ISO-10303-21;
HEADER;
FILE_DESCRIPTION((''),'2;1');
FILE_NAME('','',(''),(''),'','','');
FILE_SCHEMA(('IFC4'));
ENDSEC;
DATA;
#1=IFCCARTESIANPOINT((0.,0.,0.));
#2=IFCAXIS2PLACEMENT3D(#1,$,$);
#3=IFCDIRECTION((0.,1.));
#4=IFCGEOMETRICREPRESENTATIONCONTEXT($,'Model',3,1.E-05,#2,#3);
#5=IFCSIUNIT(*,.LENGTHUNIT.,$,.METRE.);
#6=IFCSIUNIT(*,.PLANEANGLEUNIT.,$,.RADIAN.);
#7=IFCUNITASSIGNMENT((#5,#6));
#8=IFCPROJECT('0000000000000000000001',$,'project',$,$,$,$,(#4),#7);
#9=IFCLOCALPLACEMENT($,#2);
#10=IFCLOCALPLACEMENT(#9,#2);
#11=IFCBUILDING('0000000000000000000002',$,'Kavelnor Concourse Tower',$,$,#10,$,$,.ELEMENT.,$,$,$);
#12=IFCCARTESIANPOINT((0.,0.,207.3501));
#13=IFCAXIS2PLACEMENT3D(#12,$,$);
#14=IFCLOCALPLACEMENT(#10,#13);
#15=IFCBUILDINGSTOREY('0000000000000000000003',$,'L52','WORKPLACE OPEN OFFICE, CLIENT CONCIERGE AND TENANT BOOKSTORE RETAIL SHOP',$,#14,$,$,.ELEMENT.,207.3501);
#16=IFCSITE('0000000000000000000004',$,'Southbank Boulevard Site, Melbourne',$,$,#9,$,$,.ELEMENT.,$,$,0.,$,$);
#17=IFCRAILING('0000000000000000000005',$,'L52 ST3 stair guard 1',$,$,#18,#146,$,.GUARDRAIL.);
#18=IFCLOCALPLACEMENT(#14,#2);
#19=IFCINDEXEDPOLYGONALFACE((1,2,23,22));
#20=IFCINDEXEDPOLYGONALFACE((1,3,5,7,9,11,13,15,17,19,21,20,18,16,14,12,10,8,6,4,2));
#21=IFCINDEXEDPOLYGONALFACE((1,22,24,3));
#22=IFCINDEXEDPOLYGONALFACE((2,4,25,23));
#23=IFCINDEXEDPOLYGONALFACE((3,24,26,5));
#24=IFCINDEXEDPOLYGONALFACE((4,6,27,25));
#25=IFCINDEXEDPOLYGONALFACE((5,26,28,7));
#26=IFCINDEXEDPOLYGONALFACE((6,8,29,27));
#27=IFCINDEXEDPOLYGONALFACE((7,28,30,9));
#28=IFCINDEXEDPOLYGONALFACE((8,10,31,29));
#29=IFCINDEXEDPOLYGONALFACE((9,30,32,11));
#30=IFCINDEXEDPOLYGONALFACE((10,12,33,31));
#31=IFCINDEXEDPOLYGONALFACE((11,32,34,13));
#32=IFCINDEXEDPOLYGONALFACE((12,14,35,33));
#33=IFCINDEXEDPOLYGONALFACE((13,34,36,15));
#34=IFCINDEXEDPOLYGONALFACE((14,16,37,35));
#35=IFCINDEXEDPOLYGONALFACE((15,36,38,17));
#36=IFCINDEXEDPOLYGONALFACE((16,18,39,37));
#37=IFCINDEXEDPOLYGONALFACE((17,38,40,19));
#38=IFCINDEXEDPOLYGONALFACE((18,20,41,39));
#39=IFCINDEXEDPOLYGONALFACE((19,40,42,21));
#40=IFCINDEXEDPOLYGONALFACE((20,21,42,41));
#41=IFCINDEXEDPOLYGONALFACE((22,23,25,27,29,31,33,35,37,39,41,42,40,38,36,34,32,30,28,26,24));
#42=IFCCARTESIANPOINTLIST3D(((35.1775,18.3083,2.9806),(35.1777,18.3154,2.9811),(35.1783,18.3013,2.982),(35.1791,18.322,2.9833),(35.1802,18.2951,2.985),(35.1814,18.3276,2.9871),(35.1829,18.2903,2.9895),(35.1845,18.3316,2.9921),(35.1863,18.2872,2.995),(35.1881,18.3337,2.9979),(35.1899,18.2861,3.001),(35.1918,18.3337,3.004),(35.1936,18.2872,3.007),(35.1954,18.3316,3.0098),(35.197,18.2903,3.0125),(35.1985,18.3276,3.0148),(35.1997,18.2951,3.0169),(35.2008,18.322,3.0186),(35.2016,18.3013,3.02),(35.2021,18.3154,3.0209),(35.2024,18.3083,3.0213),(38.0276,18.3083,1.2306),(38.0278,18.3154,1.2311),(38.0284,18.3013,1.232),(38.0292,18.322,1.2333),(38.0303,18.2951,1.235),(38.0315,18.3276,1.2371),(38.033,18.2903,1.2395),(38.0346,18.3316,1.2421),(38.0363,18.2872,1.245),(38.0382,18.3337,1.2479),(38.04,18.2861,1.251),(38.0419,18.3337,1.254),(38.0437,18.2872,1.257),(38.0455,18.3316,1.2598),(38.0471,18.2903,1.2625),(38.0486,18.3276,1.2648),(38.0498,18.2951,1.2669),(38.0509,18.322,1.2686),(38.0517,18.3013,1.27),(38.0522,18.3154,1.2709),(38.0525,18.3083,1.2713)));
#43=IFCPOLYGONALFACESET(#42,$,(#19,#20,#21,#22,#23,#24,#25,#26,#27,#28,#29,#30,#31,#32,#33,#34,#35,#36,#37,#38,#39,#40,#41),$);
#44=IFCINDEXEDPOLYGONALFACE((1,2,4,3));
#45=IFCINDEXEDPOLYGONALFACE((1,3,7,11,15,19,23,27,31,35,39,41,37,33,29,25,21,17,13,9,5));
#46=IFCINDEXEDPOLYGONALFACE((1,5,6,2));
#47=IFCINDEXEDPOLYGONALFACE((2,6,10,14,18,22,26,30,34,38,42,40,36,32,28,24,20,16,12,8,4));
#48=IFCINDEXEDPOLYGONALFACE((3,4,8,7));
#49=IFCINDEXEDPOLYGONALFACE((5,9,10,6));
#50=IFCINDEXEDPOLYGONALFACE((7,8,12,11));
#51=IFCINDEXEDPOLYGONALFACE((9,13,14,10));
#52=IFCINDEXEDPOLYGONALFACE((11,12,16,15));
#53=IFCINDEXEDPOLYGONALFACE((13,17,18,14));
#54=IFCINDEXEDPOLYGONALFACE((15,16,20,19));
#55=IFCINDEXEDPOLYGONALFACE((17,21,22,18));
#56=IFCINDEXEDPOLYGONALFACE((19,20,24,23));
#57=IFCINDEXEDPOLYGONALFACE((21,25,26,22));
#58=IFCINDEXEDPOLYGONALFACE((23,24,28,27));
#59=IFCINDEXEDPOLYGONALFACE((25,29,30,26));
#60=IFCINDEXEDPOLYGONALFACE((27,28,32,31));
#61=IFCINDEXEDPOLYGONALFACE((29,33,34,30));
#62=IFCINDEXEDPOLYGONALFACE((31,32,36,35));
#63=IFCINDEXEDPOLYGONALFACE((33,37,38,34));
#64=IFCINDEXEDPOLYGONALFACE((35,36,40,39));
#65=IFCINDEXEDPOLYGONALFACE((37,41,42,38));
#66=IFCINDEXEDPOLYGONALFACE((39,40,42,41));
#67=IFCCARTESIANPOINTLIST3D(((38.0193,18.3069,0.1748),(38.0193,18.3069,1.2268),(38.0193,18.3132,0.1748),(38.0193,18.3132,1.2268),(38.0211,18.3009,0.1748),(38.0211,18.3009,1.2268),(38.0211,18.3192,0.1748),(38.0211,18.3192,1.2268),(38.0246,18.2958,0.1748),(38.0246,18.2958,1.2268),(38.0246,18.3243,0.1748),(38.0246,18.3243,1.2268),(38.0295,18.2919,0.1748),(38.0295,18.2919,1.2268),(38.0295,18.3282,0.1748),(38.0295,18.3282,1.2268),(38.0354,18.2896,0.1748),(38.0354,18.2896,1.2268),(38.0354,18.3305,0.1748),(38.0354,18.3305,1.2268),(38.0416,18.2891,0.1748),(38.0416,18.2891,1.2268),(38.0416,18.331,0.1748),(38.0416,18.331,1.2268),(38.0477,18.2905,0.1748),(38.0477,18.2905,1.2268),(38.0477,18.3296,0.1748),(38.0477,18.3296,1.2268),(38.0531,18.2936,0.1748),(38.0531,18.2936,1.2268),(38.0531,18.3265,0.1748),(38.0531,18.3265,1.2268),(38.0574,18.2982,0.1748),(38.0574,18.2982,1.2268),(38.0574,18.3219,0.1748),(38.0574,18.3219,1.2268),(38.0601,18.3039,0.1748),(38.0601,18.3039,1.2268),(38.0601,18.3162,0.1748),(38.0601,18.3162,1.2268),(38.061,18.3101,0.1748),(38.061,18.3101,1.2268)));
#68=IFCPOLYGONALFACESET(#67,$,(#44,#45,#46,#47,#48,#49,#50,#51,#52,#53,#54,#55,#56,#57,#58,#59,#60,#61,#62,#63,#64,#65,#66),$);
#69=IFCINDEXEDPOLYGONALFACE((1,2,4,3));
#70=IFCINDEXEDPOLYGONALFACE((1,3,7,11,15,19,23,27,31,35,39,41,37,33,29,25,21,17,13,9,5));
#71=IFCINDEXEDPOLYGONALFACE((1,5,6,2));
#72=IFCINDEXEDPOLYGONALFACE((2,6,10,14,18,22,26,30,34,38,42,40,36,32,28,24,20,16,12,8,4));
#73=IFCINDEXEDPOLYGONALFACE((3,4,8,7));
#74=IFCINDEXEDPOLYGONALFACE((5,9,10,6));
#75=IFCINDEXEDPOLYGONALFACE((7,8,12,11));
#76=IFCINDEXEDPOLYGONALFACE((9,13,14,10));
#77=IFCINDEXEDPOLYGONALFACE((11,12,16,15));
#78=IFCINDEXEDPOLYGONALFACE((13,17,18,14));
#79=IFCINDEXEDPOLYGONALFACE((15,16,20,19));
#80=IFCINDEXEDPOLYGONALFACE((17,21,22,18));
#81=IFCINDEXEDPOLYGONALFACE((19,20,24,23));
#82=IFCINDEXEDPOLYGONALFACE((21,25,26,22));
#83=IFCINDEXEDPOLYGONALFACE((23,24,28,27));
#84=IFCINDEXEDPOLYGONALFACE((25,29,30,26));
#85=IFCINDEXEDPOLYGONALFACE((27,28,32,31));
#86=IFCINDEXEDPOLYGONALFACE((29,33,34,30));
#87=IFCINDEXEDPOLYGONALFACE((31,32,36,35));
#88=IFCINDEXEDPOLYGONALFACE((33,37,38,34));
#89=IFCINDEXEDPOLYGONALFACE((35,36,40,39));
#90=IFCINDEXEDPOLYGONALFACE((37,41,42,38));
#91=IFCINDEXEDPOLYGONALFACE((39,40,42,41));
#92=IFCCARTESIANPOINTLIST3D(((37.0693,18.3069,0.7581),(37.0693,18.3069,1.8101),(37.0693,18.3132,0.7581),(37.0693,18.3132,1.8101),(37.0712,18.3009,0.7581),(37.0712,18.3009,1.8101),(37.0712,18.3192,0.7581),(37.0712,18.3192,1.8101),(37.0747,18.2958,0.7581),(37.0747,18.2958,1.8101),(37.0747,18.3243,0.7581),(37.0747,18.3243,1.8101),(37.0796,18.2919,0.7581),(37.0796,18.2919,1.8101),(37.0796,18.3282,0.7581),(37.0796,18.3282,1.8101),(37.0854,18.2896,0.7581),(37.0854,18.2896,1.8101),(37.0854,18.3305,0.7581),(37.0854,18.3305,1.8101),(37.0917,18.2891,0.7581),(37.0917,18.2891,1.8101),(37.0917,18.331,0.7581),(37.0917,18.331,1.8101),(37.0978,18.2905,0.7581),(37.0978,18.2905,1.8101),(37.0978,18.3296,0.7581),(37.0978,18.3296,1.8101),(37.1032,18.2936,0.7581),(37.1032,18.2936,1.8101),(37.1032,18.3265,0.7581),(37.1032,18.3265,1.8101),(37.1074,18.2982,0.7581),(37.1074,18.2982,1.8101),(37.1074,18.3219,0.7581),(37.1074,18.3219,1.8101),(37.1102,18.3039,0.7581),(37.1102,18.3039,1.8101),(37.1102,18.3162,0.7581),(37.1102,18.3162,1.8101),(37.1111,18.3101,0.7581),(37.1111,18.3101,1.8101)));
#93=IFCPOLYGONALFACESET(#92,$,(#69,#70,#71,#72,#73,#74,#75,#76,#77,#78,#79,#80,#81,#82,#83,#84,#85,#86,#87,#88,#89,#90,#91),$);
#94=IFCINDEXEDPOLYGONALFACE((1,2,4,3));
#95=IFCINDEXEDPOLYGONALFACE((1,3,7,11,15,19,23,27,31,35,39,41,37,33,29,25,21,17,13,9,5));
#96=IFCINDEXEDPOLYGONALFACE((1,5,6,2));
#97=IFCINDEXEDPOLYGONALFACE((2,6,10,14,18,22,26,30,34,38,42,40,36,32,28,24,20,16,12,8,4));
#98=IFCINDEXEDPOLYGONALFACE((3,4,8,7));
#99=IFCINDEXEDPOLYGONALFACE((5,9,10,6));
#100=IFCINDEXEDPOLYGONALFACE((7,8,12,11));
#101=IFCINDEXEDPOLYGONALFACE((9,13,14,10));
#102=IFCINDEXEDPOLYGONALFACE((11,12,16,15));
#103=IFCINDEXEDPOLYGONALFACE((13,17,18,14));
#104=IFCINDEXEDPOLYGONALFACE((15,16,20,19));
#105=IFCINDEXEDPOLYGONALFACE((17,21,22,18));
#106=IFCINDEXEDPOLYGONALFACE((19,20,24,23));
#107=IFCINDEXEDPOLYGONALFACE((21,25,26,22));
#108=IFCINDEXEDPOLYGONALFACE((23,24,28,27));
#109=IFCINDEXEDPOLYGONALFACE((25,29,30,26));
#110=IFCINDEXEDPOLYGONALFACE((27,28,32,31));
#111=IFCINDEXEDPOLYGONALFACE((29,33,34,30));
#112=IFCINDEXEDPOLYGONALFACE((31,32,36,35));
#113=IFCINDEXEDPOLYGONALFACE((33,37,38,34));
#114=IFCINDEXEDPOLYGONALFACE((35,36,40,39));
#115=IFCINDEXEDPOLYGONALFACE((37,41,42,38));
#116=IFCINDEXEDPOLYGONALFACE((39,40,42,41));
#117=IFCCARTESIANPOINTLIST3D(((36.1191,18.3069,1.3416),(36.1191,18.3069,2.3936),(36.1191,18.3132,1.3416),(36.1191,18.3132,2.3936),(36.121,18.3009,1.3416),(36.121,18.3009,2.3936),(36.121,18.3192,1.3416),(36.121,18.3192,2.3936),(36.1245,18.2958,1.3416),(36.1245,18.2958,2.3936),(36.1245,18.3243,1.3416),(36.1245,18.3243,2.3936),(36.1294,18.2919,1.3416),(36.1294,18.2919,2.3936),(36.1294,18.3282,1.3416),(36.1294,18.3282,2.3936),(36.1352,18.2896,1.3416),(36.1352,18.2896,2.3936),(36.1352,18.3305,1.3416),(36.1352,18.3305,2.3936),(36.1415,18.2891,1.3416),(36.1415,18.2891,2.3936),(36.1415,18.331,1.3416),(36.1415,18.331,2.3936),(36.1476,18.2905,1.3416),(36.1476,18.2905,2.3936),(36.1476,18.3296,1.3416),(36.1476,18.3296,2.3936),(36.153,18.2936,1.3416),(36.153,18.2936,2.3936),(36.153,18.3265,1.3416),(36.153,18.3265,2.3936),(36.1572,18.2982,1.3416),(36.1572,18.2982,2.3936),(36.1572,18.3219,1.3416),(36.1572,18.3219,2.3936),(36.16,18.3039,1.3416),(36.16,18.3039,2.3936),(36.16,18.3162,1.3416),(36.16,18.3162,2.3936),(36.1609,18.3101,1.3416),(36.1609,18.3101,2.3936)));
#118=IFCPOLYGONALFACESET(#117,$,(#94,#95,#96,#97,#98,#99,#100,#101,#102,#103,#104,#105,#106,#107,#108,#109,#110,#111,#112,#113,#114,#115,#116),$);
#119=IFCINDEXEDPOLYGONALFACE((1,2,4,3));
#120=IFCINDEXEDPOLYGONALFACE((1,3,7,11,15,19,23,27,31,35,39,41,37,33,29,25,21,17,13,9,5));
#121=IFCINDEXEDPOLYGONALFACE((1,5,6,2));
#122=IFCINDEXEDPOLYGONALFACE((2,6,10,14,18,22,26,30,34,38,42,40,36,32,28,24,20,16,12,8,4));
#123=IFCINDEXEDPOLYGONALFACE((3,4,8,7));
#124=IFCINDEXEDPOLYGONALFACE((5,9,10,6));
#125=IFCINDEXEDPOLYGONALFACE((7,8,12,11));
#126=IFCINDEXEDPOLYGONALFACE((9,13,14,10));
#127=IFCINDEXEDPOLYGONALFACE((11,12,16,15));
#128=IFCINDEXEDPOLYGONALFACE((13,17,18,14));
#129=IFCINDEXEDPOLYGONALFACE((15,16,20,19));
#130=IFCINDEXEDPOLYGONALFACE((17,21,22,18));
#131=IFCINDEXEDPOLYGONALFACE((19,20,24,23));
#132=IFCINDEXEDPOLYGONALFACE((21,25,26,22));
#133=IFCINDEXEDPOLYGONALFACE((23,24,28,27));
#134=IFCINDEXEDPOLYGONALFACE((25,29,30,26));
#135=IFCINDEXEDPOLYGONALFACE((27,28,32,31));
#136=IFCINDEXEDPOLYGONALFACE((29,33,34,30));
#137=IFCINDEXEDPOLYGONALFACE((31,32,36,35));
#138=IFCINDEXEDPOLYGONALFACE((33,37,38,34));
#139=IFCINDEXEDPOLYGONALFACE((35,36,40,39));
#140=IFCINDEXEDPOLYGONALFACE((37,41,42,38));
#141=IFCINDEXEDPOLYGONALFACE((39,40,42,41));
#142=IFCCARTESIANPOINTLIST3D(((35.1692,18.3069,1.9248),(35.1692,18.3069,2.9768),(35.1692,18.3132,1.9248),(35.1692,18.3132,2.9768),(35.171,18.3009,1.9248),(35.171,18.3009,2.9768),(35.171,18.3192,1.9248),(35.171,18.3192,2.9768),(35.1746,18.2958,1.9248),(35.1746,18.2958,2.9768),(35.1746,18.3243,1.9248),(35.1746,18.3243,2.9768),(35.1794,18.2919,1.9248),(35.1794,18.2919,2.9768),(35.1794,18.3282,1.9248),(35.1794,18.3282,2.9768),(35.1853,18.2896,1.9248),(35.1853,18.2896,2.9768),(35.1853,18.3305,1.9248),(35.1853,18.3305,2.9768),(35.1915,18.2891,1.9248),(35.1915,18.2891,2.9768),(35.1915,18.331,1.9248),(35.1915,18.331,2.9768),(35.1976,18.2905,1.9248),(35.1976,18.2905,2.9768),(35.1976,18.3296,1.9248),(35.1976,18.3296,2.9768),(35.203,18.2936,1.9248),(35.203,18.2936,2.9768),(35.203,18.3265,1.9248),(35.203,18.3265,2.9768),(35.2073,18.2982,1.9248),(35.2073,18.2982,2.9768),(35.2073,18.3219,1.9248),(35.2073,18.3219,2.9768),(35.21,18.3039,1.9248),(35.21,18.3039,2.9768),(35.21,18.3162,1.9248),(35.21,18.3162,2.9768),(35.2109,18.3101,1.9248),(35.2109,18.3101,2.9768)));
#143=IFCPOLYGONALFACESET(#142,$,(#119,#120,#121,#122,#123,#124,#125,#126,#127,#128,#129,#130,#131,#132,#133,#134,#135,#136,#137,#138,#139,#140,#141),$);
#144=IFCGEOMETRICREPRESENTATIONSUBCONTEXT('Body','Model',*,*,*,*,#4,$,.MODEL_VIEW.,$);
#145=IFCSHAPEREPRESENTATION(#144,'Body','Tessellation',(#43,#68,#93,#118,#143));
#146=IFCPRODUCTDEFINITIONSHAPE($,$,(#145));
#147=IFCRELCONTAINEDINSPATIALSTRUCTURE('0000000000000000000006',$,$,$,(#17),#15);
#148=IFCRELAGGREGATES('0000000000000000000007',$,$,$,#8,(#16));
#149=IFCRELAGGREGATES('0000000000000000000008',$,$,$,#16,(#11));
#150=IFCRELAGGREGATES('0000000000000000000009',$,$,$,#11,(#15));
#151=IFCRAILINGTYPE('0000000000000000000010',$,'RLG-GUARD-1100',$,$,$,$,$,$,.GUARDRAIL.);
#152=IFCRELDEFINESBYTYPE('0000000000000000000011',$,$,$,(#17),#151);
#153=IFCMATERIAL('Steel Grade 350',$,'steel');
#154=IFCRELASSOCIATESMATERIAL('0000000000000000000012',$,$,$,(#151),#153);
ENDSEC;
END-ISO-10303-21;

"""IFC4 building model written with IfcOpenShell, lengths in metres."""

from ifc_helpers import new_model, si_unit, direction, frame, origin, origin_2d, place, context, subcontext, project, spatial, circle, extrude, material, type_object, element, save


model = new_model("IFC4")

# Units and contexts
model_context = context("Model", 3, precision=1e-05, world=origin(), true_north=direction((0.0, 1.0)))
body_context = subcontext(model_context, "Body", "Model", "MODEL_VIEW")
ifc_project = project(units=[si_unit("LENGTHUNIT", "METRE"), si_unit("PLANEANGLEUNIT", "RADIAN")], contexts=[model_context])

# Site, building, storey
site_placement = place(None, origin())
site = spatial("IfcSite", under=ifc_project, at=site_placement, Name="Southbank Boulevard Site, Melbourne", CompositionType="ELEMENT", RefElevation=0.0)
building_placement = place(site_placement, origin())
building = spatial("IfcBuilding", under=site, at=building_placement, Name="Kavelnor Concourse Tower", CompositionType="ELEMENT")
storey_placement = place(building_placement, frame((0.0, 0.0, 207.3501)))
storey = spatial("IfcBuildingStorey", under=building, at=storey_placement, Name="L52", Description="WORKPLACE OPEN OFFICE, CLIENT CONCIERGE AND TENANT BOOKSTORE RETAIL SHOP", CompositionType="ELEMENT", Elevation=207.3501)

# Shared definitions
ifc_material_1 = material(Name="Steel Grade 350", Category="steel")

# Railing
railing_type_1 = type_object("IfcRailingType", Name="RLG-GUARD-1100", PredefinedType="GUARDRAIL", material=ifc_material_1)
railing_1_placement = place(storey_placement, frame((38.04, 18.3101, 0.1748)))
element("IfcRailing", 1, at=railing_1_placement, inside=storey, type_object=railing_type_1, Name="L52 ST3 stair guard 1", PredefinedType="GUARDRAIL", context=body_context, shape_type="SweptSolid", body=[
    extrude(circle(Radius=0.0239, at=origin_2d()), frame((0.0, 0.0, 1.0762), z_axis=(-0.852179, 0.0, 0.52325), x_axis=(0.0, -1.0, 0.0)), (0.0, 0.0, 1.0), 3.3445),
    extrude(circle(Radius=0.021, at=origin_2d()), origin(), (0.0, 0.0, 1.0), 1.052),
    extrude(circle(Radius=0.021, at=origin_2d()), frame((-0.95, 0.0, 0.5833)), (0.0, 0.0, 1.0), 1.052),
    extrude(circle(Radius=0.021, at=origin_2d()), frame((-1.9001, 0.0, 1.1667)), (0.0, 0.0, 1.0), 1.052),
    extrude(circle(Radius=0.021, at=origin_2d()), frame((-2.8501, 0.0, 1.75)), (0.0, 0.0, 1.0), 1.052),
])

save(model, "model.ifc")
